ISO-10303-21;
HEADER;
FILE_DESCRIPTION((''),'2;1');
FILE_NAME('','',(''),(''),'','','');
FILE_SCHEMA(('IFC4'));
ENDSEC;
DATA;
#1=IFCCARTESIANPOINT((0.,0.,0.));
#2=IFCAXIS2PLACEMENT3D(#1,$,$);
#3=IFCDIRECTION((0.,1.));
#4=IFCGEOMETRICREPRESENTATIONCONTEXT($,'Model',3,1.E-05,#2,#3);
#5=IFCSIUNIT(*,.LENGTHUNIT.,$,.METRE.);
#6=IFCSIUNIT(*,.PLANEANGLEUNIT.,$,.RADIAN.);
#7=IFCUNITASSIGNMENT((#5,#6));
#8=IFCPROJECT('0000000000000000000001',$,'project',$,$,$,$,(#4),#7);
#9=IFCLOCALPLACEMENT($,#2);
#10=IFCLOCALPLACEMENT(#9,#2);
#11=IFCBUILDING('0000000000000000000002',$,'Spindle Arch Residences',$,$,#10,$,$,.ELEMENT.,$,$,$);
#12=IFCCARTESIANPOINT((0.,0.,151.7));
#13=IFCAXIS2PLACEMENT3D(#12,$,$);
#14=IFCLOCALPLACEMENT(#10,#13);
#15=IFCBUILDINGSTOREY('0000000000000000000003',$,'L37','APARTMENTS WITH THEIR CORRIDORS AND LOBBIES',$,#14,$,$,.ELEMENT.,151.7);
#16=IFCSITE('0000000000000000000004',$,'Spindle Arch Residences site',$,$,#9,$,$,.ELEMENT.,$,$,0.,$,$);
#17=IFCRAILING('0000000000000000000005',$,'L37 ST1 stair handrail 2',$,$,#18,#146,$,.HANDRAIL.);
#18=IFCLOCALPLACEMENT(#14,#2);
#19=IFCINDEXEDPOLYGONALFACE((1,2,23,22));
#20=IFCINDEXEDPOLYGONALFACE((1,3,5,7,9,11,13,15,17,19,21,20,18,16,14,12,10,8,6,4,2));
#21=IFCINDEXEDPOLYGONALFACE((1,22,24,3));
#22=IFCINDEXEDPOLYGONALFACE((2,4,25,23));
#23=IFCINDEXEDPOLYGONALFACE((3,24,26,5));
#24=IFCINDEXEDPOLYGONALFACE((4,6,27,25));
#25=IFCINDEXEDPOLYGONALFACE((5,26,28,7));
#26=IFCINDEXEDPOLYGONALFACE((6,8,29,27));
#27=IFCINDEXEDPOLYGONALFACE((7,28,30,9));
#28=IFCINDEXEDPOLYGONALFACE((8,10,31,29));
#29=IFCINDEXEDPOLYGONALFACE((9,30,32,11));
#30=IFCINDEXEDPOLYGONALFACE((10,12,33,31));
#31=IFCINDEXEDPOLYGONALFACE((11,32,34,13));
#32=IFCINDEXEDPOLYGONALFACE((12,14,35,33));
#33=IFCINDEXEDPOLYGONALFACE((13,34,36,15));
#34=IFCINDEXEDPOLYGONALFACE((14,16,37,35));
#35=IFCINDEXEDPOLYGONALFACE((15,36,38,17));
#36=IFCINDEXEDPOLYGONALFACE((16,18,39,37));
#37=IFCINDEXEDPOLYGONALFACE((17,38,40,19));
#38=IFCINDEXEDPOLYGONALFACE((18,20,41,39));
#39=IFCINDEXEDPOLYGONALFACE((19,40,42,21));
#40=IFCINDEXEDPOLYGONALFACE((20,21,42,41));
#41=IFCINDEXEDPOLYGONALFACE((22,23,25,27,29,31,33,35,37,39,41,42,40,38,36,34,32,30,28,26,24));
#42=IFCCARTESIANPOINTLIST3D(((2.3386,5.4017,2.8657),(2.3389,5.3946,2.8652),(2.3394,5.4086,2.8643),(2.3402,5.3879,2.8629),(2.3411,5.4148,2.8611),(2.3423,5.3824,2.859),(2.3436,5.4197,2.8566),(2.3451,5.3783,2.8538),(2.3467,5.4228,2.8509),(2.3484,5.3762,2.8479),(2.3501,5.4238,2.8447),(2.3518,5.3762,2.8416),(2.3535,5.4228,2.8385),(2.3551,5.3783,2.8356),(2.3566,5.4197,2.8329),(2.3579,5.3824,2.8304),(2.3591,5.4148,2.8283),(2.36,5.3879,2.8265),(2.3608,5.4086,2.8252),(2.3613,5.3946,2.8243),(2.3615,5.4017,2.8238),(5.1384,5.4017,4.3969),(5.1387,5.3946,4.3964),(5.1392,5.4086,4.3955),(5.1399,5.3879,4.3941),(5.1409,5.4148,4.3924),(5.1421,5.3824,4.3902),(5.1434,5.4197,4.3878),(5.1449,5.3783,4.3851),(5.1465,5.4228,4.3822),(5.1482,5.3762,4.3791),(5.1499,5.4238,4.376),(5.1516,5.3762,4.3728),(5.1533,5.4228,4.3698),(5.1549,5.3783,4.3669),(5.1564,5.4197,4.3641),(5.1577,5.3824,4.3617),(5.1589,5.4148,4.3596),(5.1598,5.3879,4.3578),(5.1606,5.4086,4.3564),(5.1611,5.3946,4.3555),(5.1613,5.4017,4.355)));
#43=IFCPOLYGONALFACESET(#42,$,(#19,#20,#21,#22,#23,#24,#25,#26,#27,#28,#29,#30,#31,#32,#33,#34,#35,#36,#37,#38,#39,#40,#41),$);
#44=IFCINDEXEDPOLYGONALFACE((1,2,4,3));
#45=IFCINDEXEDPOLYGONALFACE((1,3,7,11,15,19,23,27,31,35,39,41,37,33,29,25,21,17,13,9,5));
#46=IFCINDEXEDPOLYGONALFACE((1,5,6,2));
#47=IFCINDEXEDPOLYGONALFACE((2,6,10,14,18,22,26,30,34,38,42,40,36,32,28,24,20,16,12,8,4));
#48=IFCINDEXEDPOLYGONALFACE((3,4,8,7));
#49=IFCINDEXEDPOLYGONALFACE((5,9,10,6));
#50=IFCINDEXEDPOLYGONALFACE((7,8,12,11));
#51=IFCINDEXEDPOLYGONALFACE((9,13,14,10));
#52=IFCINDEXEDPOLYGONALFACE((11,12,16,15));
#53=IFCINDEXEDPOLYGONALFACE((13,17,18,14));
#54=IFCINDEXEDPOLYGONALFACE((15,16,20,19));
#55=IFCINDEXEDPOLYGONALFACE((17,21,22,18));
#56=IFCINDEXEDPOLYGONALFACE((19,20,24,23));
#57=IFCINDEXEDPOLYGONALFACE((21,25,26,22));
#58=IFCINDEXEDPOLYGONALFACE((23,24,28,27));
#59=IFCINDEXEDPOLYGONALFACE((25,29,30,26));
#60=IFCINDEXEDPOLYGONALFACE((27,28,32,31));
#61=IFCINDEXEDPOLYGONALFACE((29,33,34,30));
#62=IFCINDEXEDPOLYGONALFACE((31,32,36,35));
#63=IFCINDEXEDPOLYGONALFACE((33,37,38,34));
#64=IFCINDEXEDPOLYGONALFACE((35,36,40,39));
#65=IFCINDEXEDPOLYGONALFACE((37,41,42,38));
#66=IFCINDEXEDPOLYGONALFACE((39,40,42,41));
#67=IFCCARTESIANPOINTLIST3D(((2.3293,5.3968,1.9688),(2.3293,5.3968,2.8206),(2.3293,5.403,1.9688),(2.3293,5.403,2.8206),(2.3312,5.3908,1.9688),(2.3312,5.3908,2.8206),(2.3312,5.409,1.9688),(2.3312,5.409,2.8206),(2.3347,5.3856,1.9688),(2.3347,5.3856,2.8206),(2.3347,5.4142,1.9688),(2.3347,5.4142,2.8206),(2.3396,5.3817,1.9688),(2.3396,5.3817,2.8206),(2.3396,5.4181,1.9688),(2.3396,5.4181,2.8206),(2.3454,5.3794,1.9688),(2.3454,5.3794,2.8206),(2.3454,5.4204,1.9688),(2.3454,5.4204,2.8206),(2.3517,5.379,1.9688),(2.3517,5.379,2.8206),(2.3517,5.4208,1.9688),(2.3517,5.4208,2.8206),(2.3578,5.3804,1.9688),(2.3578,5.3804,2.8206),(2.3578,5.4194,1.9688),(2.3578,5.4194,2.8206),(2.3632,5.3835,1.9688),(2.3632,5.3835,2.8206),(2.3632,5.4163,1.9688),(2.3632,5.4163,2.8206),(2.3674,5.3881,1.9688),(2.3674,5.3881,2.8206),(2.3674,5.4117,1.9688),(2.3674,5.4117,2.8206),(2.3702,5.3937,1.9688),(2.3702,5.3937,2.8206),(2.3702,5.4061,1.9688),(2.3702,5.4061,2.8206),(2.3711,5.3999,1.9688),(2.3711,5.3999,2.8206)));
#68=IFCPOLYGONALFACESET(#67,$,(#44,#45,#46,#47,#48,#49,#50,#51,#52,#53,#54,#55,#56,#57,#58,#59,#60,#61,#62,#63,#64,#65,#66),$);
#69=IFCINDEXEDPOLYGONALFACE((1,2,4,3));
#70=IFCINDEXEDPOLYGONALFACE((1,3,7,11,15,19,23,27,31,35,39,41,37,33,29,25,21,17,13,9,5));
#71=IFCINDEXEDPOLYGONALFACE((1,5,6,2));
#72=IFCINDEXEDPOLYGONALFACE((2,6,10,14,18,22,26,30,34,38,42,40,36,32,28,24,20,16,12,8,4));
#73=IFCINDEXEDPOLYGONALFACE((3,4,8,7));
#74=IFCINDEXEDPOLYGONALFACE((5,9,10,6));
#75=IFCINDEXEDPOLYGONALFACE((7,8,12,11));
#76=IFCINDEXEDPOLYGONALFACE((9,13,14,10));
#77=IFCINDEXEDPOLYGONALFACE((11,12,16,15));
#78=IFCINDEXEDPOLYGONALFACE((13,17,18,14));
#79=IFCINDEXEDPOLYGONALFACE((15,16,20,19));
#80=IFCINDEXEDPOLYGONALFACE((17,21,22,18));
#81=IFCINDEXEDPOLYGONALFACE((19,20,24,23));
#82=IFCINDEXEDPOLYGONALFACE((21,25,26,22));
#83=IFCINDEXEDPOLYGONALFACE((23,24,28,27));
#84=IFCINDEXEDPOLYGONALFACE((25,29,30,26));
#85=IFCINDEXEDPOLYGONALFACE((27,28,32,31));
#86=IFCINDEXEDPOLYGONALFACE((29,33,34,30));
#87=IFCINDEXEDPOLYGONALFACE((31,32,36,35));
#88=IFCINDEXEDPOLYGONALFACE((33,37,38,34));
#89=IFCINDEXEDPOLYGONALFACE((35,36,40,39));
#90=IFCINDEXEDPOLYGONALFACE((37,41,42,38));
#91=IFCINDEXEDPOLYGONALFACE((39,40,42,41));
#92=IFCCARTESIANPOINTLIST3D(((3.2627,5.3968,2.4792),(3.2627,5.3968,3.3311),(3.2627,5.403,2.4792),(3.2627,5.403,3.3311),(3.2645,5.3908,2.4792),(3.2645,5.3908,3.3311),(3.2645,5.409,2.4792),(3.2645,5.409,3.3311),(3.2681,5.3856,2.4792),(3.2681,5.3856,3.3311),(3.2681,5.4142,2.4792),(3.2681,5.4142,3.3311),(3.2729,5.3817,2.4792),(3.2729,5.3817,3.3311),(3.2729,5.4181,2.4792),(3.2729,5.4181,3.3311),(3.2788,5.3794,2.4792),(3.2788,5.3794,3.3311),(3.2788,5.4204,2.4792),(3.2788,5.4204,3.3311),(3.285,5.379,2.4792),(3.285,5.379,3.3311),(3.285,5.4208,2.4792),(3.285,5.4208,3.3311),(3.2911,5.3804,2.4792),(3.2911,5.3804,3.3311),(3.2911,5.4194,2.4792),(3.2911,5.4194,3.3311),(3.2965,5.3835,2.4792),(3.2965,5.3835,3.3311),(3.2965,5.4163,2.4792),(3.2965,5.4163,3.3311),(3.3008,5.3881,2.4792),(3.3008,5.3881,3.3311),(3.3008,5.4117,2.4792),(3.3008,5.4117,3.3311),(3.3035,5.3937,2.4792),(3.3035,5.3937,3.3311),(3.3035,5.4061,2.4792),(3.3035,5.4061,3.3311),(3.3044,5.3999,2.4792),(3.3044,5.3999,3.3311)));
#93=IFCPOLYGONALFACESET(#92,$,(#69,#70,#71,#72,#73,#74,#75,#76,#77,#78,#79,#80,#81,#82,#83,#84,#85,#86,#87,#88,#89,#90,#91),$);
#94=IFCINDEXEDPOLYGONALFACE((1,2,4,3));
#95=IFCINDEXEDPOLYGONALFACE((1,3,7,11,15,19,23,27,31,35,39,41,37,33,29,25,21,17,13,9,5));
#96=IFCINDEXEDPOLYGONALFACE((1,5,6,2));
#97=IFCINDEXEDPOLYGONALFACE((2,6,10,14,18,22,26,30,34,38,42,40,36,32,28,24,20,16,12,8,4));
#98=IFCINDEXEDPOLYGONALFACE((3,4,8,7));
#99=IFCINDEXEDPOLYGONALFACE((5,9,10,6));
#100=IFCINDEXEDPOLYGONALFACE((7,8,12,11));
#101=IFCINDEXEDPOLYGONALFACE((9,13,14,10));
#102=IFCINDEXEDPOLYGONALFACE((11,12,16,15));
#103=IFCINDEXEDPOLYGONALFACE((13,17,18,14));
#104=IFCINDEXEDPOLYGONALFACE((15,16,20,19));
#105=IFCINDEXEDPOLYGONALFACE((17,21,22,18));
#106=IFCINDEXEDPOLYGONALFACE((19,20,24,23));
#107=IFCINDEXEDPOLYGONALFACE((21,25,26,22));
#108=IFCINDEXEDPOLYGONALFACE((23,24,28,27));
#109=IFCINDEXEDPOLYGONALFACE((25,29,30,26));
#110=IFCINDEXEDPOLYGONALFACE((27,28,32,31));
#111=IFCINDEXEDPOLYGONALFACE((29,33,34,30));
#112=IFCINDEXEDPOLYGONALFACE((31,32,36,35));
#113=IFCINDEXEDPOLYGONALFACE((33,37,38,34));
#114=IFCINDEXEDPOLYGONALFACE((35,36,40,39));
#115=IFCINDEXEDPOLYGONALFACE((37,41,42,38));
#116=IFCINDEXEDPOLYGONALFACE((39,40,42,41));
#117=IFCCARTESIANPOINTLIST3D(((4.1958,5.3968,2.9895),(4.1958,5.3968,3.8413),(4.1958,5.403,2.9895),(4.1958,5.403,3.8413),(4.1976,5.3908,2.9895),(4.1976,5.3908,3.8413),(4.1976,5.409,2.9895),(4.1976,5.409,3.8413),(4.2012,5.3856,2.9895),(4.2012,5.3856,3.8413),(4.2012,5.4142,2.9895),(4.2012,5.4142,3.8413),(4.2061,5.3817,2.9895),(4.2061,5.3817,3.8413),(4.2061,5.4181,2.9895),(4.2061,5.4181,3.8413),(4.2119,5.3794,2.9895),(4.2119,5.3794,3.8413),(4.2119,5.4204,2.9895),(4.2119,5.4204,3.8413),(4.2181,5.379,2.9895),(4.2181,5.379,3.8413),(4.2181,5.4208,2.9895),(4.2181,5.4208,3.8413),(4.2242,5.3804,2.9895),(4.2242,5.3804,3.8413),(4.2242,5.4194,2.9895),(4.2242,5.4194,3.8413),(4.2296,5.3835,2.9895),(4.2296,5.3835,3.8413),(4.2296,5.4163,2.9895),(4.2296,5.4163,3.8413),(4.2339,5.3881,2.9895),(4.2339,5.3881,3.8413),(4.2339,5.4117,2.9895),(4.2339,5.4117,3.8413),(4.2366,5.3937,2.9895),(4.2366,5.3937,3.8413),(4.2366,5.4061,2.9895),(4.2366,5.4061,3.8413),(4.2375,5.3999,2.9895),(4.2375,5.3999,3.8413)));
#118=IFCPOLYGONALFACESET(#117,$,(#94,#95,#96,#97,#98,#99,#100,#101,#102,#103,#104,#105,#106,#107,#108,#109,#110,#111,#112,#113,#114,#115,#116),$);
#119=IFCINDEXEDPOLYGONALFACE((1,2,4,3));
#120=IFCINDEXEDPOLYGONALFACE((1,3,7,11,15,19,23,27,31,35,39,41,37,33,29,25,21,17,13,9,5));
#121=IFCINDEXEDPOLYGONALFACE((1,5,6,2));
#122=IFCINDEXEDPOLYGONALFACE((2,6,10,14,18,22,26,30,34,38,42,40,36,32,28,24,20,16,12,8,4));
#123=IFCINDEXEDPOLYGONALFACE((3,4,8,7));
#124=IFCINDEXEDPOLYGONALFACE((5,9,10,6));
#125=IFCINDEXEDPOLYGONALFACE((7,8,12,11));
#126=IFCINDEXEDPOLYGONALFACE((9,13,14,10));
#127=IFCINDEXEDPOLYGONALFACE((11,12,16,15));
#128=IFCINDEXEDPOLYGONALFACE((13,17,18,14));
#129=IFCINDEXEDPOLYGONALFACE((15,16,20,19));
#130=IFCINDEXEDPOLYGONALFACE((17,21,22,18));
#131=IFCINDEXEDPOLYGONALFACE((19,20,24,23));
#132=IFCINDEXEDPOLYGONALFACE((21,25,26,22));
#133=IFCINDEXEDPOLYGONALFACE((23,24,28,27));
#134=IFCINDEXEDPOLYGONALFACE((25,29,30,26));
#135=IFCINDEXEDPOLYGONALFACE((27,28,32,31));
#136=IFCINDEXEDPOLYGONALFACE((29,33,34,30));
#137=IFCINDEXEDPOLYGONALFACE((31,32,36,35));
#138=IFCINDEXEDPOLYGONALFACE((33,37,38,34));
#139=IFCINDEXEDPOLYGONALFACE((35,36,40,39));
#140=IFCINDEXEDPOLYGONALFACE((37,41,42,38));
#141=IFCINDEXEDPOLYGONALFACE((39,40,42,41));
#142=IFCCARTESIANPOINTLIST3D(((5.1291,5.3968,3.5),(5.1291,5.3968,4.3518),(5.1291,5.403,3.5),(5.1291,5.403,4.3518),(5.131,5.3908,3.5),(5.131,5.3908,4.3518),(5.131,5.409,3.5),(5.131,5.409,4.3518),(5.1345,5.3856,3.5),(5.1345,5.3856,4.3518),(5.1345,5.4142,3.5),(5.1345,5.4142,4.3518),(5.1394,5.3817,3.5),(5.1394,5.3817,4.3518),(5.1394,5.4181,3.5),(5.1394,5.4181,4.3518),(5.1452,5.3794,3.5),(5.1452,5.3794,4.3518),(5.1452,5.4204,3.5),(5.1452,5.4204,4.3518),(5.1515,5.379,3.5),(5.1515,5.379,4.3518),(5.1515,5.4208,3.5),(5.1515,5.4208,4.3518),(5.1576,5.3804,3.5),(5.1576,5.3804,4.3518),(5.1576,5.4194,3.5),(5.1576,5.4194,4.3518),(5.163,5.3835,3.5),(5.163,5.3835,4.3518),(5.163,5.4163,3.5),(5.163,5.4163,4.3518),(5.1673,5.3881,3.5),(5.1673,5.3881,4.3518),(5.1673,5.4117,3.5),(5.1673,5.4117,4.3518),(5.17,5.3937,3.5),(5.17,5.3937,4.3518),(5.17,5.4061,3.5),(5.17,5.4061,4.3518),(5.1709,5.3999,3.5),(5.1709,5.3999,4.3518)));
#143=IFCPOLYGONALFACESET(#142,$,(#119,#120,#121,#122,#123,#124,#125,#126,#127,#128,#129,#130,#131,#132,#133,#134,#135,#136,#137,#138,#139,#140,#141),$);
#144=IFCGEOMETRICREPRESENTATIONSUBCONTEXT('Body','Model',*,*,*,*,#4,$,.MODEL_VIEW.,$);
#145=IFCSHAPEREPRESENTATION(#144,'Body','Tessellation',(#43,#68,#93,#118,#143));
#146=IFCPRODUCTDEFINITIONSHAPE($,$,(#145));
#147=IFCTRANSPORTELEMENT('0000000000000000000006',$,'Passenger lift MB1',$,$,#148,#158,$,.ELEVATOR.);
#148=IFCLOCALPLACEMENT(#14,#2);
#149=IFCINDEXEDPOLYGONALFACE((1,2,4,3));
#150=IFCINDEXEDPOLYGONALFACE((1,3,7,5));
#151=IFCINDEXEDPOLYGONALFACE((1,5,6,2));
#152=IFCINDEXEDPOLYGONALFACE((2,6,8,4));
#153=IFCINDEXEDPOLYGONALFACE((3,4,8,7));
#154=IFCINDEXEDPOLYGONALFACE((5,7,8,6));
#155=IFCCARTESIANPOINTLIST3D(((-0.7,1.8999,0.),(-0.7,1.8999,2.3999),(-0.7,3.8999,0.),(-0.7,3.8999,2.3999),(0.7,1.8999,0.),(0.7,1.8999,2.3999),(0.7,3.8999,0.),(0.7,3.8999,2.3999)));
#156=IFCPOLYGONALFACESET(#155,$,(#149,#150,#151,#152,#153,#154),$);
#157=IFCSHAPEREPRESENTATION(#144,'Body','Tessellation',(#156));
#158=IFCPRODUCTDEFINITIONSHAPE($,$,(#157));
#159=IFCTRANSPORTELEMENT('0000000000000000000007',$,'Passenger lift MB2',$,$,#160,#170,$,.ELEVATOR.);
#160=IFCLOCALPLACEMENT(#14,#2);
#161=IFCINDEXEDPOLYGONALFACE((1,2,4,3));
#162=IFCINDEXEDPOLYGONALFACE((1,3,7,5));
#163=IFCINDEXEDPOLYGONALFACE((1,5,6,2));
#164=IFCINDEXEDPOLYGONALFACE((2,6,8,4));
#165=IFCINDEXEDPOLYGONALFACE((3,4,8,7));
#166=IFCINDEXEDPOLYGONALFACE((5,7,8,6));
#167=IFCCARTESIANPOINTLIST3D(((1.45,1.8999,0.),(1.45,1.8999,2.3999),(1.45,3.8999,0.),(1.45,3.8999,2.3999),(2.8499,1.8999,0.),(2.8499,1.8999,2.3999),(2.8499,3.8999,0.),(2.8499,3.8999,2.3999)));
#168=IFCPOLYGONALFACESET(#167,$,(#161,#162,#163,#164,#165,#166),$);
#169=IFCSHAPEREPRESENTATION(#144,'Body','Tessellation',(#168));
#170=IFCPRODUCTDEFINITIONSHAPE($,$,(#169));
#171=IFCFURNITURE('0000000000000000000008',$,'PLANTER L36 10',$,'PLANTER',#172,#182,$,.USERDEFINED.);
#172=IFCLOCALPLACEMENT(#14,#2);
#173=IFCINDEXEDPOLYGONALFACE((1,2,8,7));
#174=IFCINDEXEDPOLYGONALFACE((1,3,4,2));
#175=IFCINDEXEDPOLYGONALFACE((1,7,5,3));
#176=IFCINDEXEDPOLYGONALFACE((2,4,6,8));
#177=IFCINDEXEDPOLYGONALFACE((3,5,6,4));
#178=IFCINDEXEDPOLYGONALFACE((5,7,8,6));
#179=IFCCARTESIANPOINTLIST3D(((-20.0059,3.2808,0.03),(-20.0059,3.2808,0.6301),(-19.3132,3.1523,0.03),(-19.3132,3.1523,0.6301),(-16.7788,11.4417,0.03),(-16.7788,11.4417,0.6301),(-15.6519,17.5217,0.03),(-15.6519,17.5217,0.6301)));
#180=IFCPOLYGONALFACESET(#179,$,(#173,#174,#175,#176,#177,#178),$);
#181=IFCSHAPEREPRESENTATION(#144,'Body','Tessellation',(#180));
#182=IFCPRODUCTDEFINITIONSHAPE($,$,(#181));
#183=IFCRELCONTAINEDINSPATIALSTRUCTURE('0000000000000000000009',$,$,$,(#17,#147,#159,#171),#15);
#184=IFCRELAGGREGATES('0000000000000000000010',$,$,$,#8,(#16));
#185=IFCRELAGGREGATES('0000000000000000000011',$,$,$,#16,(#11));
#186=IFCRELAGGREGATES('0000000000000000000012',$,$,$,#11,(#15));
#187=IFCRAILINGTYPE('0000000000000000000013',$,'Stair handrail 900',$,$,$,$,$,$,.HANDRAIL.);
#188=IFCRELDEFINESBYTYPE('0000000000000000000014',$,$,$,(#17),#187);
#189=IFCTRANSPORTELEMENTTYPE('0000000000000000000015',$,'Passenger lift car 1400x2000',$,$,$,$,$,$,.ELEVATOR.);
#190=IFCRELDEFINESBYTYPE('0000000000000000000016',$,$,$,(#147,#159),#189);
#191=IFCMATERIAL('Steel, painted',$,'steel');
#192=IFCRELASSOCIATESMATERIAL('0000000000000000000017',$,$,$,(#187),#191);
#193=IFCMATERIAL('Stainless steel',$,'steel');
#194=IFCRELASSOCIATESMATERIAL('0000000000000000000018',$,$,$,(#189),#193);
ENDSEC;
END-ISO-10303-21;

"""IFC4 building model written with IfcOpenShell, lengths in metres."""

from ifc_helpers import new_model, si_unit, direction, frame, origin, origin_2d, place, context, subcontext, project, spatial, polyline, rectangle, circle, outline, extrude, material, type_object, element, save


model = new_model("IFC4")

# Units and contexts
model_context = context("Model", 3, precision=1e-05, world=origin(), true_north=direction((0.0, 1.0)))
body_context = subcontext(model_context, "Body", "Model", "MODEL_VIEW")
ifc_project = project(units=[si_unit("LENGTHUNIT", "METRE"), si_unit("PLANEANGLEUNIT", "RADIAN")], contexts=[model_context])

# Site, building, storey
site_placement = place(None, origin())
site = spatial("IfcSite", under=ifc_project, at=site_placement, Name="Spindle Arch Residences site", CompositionType="ELEMENT", RefElevation=0.0)
building_placement = place(site_placement, origin())
building = spatial("IfcBuilding", under=site, at=building_placement, Name="Spindle Arch Residences", CompositionType="ELEMENT")
storey_placement = place(building_placement, frame((0.0, 0.0, 151.7)))
storey = spatial("IfcBuildingStorey", under=building, at=storey_placement, Name="L37", Description="APARTMENTS WITH THEIR CORRIDORS AND LOBBIES", CompositionType="ELEMENT", Elevation=151.7)

# Railing
ifc_material_1 = material(Name="Steel, painted", Category="steel")
railing_type_1 = type_object("IfcRailingType", Name="Stair handrail 900", PredefinedType="HANDRAIL", material=ifc_material_1)
railing_1_placement = place(storey_placement, frame((2.3501, 5.3999, 1.9688)))
element("IfcRailing", 1, at=railing_1_placement, inside=storey, type_object=railing_type_1, Name="L37 ST1 stair handrail 2", PredefinedType="HANDRAIL", context=body_context, shape_type="SweptSolid", body=[
    extrude(circle(Radius=0.0239, at=origin_2d()), frame((0.0, 0.0, 0.876), z_axis=(0.877357, 0.0, 0.479838), x_axis=(0.0, 1.0, 0.0)), (0.0, 0.0, 1.0), 3.1912),
    extrude(circle(Radius=0.021, at=origin_2d()), origin(), (0.0, 0.0, 1.0), 0.8518),
    extrude(circle(Radius=0.021, at=origin_2d()), frame((0.9333, 0.0, 0.5105)), (0.0, 0.0, 1.0), 0.8518),
    extrude(circle(Radius=0.021, at=origin_2d()), frame((1.8665, 0.0, 1.0208)), (0.0, 0.0, 1.0), 0.8518),
    extrude(circle(Radius=0.021, at=origin_2d()), frame((2.7998, 0.0, 1.5312)), (0.0, 0.0, 1.0), 0.8518),
])

# Transport elements
ifc_material_2 = material(Name="Stainless steel", Category="steel")
transport_element_type = type_object("IfcTransportElementType", Name="Passenger lift car 1400x2000", PredefinedType="ELEVATOR", material=ifc_material_2)
for number, where, z_axis, x_axis, name in (
    (2, (0.0, 2.8999, 0.0), (0.0, 0.0, 1.0), (1.0, 0.0, 0.0), "Passenger lift MB1"),
    (3, (2.1499, 2.8999, 0.0), (0.0, 0.0, 1.0), (1.0, 0.0, 0.0), "Passenger lift MB2"),
):
    element("IfcTransportElement", number, at=place(storey_placement, frame(where, z_axis=z_axis, x_axis=x_axis)), inside=storey, type_object=transport_element_type, Name=name, PredefinedType="ELEVATOR", context=body_context, shape_type="SweptSolid", body=[
        extrude(rectangle(XDim=1.3999, YDim=2.0, at=origin_2d()), origin(), (0.0, 0.0, 1.0), 2.3999),
    ])

# Furniture
furniture_1_placement = place(storey_placement, frame((0.0, 0.0, 0.03)))
element("IfcFurniture", 4, at=furniture_1_placement, inside=storey, Name="PLANTER L36 10", ObjectType="PLANTER", PredefinedType="USERDEFINED", context=body_context, shape_type="SweptSolid", body=[
    extrude(outline(polyline([(-19.3132, 3.1523), (-20.0059, 3.2808), (-15.6519, 17.5217), (-16.7788, 11.4417), (-19.3132, 3.1523)])), origin(), (0.0, 0.0, 1.0), 0.6001),
])

save(model, "model.ifc")
